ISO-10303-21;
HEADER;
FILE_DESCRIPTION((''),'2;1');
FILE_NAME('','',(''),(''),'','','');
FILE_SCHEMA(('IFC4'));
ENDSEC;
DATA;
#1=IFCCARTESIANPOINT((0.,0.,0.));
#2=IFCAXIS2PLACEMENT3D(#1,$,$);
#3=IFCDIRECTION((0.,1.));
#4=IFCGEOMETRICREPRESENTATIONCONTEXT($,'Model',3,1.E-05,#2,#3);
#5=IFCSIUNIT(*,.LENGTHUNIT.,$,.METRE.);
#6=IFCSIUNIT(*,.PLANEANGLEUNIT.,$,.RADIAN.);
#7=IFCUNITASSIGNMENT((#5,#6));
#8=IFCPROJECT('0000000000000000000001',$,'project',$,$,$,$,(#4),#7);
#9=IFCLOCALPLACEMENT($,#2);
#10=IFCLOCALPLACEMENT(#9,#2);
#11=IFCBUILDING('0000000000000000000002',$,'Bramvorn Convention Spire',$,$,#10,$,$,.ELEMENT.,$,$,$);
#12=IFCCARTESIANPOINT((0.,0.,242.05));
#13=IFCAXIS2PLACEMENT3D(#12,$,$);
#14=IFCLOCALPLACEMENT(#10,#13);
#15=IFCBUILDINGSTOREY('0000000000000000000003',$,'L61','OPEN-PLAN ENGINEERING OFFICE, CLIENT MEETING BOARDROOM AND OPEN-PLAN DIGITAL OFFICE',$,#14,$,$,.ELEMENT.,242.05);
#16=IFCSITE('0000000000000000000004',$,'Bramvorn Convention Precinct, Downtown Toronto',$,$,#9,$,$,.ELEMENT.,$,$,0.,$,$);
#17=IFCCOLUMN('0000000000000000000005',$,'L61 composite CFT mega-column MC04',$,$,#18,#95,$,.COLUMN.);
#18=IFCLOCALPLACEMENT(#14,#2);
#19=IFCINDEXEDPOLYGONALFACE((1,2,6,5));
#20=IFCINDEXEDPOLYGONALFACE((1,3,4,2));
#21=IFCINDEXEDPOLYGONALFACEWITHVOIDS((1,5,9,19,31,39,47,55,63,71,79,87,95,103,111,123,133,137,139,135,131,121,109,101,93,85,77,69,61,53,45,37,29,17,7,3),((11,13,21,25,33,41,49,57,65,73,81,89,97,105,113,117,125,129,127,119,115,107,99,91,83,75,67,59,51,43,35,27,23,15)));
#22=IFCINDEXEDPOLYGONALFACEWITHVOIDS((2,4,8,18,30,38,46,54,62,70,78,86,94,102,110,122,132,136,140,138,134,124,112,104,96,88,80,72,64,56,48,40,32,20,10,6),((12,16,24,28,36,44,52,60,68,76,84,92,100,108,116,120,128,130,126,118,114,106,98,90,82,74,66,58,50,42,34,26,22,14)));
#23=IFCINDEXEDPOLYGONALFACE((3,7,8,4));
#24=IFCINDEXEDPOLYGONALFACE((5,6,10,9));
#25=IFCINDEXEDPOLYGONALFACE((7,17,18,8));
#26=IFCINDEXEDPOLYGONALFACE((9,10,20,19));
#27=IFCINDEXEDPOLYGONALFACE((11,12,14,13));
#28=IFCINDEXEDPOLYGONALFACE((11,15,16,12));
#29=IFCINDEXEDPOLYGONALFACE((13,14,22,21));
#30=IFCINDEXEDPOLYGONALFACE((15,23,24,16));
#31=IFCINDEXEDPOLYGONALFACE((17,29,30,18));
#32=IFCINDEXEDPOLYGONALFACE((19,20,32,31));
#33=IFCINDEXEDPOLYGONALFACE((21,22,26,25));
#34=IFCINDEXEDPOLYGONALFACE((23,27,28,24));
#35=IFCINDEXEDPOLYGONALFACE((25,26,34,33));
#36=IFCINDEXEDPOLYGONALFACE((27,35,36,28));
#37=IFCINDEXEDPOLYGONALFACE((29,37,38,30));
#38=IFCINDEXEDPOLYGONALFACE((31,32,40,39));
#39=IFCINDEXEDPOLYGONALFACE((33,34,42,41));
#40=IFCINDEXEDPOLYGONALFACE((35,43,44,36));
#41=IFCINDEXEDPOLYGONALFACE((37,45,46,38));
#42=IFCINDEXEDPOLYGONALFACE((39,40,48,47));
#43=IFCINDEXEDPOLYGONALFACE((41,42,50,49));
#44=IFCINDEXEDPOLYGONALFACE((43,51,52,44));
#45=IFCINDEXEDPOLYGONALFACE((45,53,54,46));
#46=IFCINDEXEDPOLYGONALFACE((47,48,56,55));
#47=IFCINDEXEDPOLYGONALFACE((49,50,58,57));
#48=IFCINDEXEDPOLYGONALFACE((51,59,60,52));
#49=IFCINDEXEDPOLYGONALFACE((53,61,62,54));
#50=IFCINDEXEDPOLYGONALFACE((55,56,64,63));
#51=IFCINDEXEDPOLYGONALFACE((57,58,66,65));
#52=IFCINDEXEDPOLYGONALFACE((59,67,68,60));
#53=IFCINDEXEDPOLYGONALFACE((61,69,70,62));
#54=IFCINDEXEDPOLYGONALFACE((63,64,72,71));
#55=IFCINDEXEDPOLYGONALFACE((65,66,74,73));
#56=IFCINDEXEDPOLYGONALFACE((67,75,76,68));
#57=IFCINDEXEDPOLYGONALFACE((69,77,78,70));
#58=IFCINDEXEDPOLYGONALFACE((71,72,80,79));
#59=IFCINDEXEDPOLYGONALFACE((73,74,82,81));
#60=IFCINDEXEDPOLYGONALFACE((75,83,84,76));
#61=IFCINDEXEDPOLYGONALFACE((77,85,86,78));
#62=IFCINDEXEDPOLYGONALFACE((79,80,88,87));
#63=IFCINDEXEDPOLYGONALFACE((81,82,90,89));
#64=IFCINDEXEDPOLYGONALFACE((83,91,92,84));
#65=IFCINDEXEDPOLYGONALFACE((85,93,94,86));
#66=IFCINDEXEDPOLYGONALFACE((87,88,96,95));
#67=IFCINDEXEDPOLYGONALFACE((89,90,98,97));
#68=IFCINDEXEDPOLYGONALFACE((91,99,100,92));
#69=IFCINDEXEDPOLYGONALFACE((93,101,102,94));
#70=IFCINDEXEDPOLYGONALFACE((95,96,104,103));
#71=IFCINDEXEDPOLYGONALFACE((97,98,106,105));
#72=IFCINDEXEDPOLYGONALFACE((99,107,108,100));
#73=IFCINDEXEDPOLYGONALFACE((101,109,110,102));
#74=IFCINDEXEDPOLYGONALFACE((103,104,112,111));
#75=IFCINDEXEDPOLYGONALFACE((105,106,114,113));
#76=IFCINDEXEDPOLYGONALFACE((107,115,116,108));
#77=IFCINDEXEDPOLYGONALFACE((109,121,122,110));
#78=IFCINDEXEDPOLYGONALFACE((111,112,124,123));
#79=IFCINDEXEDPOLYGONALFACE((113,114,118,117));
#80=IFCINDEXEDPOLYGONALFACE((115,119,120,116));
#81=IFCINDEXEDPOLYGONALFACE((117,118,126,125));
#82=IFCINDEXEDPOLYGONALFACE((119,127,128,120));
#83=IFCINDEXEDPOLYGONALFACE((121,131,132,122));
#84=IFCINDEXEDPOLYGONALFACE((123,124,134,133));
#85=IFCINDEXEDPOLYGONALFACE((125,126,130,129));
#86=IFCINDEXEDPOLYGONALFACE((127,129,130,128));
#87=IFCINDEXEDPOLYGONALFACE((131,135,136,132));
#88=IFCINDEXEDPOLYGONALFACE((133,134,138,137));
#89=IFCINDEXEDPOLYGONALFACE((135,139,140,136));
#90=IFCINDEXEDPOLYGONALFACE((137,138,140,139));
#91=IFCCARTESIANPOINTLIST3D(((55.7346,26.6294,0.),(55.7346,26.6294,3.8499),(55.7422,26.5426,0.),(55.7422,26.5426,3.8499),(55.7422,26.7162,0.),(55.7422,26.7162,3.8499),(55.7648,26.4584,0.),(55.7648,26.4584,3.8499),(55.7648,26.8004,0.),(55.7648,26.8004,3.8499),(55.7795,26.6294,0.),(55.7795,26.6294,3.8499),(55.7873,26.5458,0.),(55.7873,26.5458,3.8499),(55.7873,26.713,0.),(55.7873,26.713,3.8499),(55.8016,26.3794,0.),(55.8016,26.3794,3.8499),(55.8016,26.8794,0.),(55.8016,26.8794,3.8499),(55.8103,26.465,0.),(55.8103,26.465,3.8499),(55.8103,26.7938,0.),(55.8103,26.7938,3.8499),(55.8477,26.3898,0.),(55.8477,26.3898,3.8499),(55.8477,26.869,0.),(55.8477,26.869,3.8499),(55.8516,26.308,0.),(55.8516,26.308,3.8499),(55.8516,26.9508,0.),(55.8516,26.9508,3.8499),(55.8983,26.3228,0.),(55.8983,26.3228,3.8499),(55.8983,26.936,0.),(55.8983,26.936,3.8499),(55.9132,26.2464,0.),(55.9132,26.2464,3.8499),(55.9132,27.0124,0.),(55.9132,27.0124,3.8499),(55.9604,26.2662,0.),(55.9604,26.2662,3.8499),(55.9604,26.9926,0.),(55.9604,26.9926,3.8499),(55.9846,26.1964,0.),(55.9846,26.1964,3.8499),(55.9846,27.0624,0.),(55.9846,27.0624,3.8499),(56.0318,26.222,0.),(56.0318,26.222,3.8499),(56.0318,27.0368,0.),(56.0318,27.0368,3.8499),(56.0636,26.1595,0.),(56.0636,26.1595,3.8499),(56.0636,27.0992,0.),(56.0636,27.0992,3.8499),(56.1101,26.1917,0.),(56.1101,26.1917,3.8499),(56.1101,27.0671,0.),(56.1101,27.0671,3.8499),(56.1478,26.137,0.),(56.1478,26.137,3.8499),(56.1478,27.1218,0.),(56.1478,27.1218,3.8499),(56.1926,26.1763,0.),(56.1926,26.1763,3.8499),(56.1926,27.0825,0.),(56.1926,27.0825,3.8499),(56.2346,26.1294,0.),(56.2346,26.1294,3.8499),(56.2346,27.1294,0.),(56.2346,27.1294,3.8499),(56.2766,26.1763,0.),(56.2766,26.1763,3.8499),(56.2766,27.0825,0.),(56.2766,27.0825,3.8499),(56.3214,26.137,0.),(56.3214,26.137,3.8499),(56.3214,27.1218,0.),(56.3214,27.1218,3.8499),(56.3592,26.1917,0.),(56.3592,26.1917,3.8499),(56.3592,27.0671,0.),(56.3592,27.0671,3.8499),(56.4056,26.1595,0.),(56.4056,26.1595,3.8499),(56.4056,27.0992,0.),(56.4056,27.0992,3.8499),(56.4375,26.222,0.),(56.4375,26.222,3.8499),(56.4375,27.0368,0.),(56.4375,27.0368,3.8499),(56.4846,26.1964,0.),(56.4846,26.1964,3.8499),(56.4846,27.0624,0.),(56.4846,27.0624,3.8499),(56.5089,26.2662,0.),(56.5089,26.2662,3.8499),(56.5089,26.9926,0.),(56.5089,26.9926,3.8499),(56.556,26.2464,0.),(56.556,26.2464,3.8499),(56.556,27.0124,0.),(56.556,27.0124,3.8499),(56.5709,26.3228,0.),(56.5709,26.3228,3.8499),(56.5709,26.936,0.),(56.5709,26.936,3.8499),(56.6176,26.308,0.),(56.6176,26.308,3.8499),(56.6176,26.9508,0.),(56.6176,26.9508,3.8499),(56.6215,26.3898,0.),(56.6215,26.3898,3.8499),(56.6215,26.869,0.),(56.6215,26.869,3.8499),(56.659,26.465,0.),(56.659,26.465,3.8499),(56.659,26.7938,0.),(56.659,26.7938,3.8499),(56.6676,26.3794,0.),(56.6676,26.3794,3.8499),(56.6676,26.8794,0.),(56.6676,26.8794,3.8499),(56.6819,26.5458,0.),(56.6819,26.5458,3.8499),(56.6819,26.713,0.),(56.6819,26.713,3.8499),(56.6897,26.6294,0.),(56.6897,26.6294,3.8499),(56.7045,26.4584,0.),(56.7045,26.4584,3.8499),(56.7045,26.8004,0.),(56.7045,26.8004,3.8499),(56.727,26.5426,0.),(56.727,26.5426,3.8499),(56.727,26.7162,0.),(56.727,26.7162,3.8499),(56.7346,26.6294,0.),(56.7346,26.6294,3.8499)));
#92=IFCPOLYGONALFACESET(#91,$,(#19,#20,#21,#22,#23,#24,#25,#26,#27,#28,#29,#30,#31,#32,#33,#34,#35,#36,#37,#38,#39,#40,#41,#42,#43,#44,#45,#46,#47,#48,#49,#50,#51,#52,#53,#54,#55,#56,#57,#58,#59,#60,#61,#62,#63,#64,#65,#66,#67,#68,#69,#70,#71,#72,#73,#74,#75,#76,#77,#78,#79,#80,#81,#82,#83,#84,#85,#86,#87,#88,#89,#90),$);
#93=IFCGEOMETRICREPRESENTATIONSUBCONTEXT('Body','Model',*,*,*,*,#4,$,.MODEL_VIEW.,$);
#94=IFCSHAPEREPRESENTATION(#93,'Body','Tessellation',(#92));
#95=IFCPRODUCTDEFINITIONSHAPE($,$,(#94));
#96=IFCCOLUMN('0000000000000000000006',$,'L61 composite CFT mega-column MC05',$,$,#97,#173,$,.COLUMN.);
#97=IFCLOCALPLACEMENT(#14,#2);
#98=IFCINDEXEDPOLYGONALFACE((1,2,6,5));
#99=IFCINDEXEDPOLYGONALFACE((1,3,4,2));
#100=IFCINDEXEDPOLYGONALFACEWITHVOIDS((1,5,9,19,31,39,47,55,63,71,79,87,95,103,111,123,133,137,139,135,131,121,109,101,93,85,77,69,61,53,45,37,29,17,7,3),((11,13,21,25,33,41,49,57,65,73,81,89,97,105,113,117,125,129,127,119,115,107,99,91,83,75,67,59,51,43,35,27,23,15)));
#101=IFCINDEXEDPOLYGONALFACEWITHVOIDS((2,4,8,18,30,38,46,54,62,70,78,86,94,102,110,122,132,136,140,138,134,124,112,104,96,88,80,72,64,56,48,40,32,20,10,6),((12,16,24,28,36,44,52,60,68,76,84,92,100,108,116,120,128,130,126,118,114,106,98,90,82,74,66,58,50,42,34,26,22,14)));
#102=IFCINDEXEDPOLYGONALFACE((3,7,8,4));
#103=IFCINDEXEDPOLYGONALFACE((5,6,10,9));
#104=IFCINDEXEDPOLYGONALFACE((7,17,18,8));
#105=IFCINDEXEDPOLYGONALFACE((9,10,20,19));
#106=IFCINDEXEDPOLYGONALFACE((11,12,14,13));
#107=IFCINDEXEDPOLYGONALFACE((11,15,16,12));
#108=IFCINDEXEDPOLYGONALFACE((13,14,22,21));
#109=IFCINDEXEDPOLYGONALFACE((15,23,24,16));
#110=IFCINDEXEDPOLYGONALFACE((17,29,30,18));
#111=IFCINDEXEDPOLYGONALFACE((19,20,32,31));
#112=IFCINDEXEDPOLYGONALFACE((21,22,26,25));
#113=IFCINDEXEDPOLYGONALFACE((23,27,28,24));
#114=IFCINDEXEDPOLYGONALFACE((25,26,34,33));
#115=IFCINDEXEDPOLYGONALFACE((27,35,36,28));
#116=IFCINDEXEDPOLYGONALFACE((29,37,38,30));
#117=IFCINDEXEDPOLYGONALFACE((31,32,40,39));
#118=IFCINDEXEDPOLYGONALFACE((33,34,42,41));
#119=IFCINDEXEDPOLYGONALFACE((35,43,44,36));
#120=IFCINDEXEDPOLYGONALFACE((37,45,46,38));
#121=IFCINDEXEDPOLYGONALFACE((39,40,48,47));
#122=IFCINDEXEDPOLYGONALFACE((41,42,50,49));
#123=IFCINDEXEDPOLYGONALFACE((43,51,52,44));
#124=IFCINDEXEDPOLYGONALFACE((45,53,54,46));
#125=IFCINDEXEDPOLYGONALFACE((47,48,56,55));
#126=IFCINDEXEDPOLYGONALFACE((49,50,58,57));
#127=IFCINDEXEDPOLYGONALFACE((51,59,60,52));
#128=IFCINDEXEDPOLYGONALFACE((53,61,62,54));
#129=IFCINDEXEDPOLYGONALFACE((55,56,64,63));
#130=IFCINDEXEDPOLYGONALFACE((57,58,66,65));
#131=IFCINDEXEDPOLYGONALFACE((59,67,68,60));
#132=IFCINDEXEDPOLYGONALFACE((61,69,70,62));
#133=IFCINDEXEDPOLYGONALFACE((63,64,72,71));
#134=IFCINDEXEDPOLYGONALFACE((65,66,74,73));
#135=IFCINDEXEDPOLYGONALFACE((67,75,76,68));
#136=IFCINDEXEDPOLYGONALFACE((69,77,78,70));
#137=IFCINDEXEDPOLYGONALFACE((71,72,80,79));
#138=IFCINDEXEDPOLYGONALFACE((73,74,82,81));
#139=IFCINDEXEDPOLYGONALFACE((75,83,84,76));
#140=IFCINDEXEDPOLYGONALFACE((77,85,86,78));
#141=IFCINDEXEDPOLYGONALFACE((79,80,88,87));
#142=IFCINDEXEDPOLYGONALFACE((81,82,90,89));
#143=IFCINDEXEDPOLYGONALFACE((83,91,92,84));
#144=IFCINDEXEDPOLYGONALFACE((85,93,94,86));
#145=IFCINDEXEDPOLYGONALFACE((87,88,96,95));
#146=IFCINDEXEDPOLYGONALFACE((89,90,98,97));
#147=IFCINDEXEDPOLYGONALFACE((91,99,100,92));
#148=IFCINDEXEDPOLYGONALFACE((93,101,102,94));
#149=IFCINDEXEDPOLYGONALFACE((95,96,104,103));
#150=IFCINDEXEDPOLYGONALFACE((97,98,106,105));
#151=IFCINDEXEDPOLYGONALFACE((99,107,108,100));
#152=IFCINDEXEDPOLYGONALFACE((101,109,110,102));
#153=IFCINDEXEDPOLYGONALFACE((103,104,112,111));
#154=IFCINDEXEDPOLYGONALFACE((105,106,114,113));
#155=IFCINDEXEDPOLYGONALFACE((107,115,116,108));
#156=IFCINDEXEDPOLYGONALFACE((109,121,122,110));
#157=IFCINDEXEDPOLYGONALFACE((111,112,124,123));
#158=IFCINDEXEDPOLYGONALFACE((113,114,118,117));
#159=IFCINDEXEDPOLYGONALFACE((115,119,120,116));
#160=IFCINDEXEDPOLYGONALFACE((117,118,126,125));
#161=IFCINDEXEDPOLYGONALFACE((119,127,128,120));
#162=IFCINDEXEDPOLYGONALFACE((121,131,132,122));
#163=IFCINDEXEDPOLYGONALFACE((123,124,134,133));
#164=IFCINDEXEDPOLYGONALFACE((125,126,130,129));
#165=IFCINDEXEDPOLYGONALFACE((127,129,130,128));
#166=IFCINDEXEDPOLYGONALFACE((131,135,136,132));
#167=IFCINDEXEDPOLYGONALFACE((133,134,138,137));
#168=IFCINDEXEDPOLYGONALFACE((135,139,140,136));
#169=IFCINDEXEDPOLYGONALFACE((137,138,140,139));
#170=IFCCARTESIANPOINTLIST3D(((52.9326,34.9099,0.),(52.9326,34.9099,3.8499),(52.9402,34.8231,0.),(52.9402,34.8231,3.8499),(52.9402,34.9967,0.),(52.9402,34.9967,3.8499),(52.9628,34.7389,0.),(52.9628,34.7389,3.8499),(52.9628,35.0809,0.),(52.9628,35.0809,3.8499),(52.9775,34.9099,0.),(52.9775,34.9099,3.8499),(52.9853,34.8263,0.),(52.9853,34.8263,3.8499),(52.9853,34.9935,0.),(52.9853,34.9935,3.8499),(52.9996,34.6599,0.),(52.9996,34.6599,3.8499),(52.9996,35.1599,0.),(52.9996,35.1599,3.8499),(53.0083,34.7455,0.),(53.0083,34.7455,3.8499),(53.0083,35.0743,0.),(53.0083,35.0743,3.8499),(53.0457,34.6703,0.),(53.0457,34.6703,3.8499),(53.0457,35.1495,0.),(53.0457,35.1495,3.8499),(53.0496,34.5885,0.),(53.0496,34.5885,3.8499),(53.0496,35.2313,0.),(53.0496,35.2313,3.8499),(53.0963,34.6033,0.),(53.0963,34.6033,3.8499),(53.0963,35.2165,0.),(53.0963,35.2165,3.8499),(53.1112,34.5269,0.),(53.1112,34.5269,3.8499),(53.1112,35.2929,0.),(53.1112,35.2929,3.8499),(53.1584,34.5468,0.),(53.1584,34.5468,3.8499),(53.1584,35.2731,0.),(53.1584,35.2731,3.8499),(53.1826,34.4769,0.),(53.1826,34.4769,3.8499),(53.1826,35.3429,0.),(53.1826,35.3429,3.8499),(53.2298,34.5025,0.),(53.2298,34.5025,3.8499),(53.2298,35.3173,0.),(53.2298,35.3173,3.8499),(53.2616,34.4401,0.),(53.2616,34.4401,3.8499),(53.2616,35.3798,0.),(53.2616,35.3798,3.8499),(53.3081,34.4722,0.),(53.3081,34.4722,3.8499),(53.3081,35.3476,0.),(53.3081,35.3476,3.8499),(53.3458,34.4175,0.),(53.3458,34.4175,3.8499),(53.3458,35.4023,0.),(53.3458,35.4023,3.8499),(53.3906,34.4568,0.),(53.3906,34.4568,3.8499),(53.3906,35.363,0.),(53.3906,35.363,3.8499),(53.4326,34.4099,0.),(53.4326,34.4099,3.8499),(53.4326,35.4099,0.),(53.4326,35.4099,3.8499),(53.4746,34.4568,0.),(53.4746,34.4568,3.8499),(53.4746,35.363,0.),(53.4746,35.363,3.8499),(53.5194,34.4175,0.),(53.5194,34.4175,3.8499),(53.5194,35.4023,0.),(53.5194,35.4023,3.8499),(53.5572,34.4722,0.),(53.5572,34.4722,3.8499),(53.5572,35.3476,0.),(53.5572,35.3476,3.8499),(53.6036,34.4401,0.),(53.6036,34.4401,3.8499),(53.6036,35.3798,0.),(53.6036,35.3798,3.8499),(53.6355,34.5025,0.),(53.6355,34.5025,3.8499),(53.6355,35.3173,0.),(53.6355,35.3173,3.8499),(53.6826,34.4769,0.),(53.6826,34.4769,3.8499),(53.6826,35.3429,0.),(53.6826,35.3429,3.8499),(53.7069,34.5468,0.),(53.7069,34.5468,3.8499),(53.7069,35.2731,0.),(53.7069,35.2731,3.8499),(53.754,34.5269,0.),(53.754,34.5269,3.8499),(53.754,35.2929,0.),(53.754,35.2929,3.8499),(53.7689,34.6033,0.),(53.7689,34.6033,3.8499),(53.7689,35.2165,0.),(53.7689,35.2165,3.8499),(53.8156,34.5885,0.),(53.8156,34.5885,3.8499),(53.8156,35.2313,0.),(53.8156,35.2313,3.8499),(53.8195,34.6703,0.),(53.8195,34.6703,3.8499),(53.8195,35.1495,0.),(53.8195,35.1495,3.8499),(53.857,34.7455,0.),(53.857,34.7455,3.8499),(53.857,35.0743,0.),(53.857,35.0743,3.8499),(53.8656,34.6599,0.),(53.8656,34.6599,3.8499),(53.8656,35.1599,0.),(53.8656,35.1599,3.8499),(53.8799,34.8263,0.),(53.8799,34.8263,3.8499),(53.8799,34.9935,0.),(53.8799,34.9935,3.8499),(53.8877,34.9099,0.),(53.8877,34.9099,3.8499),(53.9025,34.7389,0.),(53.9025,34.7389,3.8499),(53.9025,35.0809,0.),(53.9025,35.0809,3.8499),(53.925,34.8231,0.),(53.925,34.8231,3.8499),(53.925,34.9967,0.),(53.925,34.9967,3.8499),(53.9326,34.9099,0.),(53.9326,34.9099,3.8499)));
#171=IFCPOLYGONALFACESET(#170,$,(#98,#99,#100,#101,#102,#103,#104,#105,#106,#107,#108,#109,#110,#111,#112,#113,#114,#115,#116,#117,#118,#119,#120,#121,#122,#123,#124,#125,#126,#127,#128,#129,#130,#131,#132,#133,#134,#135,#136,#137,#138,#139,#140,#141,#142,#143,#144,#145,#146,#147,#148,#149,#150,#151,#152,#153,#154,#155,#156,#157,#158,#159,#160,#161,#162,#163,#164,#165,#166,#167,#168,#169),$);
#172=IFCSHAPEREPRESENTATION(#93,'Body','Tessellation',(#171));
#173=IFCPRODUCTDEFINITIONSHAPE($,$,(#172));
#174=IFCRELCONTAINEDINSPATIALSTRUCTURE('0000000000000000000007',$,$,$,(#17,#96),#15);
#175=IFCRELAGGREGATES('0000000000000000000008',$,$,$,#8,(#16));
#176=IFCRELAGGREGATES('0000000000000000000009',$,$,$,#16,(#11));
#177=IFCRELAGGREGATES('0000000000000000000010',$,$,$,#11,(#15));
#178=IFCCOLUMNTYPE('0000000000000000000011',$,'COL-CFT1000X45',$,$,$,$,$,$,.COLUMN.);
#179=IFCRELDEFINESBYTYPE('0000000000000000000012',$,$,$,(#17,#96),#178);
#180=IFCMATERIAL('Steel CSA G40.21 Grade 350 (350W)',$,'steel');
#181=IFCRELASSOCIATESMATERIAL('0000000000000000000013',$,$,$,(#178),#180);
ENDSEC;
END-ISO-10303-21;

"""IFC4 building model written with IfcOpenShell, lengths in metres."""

from ifc_helpers import new_model, si_unit, direction, frame, origin, origin_2d, place, context, subcontext, project, spatial, hollow_circle, extrude, material, material_profile, profile_set, type_object, element, save


model = new_model("IFC4")

# Units and contexts
model_context = context("Model", 3, precision=1e-05, world=origin(), true_north=direction((0.0, 1.0)))
body_context = subcontext(model_context, "Body", "Model", "MODEL_VIEW")
ifc_project = project(units=[si_unit("LENGTHUNIT", "METRE"), si_unit("PLANEANGLEUNIT", "RADIAN")], contexts=[model_context])

# Site, building, storey
site_placement = place(None, origin())
site = spatial("IfcSite", under=ifc_project, at=site_placement, Name="Bramvorn Convention Precinct, Downtown Toronto", CompositionType="ELEMENT", RefElevation=0.0)
building_placement = place(site_placement, origin())
building = spatial("IfcBuilding", under=site, at=building_placement, Name="Bramvorn Convention Spire", CompositionType="ELEMENT")
storey_placement = place(building_placement, frame((0.0, 0.0, 242.05)))
storey = spatial("IfcBuildingStorey", under=building, at=storey_placement, Name="L61", Description="OPEN-PLAN ENGINEERING OFFICE, CLIENT MEETING BOARDROOM AND OPEN-PLAN DIGITAL OFFICE", CompositionType="ELEMENT", Elevation=242.05)

# Columns
ifc_material_1 = material(Name="Steel CSA G40.21 Grade 350 (350W)", Category="steel")
ifc_material_profile_1 = material_profile(ifc_material_1, hollow_circle(Radius=0.5, WallThickness=0.0449, at=origin_2d()))
ifc_profile_set_1 = profile_set([ifc_material_profile_1], Name="Steel CSA G40.21 Grade 350 (350W) - CFT1000X45")
column_type = type_object("IfcColumnType", Name="COL-CFT1000X45", PredefinedType="COLUMN", material=ifc_profile_set_1)
for number, where, z_axis, x_axis, name in (
    (1, (56.2346, 26.6294, 0.0), (0.0, 0.0, 1.0), (1.0, 0.0, 0.0), "L61 composite CFT mega-column MC04"),
    (2, (53.4326, 34.9099, 0.0), (0.0, 0.0, 1.0), (1.0, 0.0, 0.0), "L61 composite CFT mega-column MC05"),
):
    element("IfcColumn", number, at=place(storey_placement, frame(where, z_axis=z_axis, x_axis=x_axis)), inside=storey, type_object=column_type, Name=name, PredefinedType="COLUMN", context=body_context, shape_type="SweptSolid", body=[
        extrude(hollow_circle(Radius=0.5, WallThickness=0.0449, at=origin_2d()), origin(), (0.0, 0.0, 1.0), 3.8499),
    ])

save(model, "model.ifc")
